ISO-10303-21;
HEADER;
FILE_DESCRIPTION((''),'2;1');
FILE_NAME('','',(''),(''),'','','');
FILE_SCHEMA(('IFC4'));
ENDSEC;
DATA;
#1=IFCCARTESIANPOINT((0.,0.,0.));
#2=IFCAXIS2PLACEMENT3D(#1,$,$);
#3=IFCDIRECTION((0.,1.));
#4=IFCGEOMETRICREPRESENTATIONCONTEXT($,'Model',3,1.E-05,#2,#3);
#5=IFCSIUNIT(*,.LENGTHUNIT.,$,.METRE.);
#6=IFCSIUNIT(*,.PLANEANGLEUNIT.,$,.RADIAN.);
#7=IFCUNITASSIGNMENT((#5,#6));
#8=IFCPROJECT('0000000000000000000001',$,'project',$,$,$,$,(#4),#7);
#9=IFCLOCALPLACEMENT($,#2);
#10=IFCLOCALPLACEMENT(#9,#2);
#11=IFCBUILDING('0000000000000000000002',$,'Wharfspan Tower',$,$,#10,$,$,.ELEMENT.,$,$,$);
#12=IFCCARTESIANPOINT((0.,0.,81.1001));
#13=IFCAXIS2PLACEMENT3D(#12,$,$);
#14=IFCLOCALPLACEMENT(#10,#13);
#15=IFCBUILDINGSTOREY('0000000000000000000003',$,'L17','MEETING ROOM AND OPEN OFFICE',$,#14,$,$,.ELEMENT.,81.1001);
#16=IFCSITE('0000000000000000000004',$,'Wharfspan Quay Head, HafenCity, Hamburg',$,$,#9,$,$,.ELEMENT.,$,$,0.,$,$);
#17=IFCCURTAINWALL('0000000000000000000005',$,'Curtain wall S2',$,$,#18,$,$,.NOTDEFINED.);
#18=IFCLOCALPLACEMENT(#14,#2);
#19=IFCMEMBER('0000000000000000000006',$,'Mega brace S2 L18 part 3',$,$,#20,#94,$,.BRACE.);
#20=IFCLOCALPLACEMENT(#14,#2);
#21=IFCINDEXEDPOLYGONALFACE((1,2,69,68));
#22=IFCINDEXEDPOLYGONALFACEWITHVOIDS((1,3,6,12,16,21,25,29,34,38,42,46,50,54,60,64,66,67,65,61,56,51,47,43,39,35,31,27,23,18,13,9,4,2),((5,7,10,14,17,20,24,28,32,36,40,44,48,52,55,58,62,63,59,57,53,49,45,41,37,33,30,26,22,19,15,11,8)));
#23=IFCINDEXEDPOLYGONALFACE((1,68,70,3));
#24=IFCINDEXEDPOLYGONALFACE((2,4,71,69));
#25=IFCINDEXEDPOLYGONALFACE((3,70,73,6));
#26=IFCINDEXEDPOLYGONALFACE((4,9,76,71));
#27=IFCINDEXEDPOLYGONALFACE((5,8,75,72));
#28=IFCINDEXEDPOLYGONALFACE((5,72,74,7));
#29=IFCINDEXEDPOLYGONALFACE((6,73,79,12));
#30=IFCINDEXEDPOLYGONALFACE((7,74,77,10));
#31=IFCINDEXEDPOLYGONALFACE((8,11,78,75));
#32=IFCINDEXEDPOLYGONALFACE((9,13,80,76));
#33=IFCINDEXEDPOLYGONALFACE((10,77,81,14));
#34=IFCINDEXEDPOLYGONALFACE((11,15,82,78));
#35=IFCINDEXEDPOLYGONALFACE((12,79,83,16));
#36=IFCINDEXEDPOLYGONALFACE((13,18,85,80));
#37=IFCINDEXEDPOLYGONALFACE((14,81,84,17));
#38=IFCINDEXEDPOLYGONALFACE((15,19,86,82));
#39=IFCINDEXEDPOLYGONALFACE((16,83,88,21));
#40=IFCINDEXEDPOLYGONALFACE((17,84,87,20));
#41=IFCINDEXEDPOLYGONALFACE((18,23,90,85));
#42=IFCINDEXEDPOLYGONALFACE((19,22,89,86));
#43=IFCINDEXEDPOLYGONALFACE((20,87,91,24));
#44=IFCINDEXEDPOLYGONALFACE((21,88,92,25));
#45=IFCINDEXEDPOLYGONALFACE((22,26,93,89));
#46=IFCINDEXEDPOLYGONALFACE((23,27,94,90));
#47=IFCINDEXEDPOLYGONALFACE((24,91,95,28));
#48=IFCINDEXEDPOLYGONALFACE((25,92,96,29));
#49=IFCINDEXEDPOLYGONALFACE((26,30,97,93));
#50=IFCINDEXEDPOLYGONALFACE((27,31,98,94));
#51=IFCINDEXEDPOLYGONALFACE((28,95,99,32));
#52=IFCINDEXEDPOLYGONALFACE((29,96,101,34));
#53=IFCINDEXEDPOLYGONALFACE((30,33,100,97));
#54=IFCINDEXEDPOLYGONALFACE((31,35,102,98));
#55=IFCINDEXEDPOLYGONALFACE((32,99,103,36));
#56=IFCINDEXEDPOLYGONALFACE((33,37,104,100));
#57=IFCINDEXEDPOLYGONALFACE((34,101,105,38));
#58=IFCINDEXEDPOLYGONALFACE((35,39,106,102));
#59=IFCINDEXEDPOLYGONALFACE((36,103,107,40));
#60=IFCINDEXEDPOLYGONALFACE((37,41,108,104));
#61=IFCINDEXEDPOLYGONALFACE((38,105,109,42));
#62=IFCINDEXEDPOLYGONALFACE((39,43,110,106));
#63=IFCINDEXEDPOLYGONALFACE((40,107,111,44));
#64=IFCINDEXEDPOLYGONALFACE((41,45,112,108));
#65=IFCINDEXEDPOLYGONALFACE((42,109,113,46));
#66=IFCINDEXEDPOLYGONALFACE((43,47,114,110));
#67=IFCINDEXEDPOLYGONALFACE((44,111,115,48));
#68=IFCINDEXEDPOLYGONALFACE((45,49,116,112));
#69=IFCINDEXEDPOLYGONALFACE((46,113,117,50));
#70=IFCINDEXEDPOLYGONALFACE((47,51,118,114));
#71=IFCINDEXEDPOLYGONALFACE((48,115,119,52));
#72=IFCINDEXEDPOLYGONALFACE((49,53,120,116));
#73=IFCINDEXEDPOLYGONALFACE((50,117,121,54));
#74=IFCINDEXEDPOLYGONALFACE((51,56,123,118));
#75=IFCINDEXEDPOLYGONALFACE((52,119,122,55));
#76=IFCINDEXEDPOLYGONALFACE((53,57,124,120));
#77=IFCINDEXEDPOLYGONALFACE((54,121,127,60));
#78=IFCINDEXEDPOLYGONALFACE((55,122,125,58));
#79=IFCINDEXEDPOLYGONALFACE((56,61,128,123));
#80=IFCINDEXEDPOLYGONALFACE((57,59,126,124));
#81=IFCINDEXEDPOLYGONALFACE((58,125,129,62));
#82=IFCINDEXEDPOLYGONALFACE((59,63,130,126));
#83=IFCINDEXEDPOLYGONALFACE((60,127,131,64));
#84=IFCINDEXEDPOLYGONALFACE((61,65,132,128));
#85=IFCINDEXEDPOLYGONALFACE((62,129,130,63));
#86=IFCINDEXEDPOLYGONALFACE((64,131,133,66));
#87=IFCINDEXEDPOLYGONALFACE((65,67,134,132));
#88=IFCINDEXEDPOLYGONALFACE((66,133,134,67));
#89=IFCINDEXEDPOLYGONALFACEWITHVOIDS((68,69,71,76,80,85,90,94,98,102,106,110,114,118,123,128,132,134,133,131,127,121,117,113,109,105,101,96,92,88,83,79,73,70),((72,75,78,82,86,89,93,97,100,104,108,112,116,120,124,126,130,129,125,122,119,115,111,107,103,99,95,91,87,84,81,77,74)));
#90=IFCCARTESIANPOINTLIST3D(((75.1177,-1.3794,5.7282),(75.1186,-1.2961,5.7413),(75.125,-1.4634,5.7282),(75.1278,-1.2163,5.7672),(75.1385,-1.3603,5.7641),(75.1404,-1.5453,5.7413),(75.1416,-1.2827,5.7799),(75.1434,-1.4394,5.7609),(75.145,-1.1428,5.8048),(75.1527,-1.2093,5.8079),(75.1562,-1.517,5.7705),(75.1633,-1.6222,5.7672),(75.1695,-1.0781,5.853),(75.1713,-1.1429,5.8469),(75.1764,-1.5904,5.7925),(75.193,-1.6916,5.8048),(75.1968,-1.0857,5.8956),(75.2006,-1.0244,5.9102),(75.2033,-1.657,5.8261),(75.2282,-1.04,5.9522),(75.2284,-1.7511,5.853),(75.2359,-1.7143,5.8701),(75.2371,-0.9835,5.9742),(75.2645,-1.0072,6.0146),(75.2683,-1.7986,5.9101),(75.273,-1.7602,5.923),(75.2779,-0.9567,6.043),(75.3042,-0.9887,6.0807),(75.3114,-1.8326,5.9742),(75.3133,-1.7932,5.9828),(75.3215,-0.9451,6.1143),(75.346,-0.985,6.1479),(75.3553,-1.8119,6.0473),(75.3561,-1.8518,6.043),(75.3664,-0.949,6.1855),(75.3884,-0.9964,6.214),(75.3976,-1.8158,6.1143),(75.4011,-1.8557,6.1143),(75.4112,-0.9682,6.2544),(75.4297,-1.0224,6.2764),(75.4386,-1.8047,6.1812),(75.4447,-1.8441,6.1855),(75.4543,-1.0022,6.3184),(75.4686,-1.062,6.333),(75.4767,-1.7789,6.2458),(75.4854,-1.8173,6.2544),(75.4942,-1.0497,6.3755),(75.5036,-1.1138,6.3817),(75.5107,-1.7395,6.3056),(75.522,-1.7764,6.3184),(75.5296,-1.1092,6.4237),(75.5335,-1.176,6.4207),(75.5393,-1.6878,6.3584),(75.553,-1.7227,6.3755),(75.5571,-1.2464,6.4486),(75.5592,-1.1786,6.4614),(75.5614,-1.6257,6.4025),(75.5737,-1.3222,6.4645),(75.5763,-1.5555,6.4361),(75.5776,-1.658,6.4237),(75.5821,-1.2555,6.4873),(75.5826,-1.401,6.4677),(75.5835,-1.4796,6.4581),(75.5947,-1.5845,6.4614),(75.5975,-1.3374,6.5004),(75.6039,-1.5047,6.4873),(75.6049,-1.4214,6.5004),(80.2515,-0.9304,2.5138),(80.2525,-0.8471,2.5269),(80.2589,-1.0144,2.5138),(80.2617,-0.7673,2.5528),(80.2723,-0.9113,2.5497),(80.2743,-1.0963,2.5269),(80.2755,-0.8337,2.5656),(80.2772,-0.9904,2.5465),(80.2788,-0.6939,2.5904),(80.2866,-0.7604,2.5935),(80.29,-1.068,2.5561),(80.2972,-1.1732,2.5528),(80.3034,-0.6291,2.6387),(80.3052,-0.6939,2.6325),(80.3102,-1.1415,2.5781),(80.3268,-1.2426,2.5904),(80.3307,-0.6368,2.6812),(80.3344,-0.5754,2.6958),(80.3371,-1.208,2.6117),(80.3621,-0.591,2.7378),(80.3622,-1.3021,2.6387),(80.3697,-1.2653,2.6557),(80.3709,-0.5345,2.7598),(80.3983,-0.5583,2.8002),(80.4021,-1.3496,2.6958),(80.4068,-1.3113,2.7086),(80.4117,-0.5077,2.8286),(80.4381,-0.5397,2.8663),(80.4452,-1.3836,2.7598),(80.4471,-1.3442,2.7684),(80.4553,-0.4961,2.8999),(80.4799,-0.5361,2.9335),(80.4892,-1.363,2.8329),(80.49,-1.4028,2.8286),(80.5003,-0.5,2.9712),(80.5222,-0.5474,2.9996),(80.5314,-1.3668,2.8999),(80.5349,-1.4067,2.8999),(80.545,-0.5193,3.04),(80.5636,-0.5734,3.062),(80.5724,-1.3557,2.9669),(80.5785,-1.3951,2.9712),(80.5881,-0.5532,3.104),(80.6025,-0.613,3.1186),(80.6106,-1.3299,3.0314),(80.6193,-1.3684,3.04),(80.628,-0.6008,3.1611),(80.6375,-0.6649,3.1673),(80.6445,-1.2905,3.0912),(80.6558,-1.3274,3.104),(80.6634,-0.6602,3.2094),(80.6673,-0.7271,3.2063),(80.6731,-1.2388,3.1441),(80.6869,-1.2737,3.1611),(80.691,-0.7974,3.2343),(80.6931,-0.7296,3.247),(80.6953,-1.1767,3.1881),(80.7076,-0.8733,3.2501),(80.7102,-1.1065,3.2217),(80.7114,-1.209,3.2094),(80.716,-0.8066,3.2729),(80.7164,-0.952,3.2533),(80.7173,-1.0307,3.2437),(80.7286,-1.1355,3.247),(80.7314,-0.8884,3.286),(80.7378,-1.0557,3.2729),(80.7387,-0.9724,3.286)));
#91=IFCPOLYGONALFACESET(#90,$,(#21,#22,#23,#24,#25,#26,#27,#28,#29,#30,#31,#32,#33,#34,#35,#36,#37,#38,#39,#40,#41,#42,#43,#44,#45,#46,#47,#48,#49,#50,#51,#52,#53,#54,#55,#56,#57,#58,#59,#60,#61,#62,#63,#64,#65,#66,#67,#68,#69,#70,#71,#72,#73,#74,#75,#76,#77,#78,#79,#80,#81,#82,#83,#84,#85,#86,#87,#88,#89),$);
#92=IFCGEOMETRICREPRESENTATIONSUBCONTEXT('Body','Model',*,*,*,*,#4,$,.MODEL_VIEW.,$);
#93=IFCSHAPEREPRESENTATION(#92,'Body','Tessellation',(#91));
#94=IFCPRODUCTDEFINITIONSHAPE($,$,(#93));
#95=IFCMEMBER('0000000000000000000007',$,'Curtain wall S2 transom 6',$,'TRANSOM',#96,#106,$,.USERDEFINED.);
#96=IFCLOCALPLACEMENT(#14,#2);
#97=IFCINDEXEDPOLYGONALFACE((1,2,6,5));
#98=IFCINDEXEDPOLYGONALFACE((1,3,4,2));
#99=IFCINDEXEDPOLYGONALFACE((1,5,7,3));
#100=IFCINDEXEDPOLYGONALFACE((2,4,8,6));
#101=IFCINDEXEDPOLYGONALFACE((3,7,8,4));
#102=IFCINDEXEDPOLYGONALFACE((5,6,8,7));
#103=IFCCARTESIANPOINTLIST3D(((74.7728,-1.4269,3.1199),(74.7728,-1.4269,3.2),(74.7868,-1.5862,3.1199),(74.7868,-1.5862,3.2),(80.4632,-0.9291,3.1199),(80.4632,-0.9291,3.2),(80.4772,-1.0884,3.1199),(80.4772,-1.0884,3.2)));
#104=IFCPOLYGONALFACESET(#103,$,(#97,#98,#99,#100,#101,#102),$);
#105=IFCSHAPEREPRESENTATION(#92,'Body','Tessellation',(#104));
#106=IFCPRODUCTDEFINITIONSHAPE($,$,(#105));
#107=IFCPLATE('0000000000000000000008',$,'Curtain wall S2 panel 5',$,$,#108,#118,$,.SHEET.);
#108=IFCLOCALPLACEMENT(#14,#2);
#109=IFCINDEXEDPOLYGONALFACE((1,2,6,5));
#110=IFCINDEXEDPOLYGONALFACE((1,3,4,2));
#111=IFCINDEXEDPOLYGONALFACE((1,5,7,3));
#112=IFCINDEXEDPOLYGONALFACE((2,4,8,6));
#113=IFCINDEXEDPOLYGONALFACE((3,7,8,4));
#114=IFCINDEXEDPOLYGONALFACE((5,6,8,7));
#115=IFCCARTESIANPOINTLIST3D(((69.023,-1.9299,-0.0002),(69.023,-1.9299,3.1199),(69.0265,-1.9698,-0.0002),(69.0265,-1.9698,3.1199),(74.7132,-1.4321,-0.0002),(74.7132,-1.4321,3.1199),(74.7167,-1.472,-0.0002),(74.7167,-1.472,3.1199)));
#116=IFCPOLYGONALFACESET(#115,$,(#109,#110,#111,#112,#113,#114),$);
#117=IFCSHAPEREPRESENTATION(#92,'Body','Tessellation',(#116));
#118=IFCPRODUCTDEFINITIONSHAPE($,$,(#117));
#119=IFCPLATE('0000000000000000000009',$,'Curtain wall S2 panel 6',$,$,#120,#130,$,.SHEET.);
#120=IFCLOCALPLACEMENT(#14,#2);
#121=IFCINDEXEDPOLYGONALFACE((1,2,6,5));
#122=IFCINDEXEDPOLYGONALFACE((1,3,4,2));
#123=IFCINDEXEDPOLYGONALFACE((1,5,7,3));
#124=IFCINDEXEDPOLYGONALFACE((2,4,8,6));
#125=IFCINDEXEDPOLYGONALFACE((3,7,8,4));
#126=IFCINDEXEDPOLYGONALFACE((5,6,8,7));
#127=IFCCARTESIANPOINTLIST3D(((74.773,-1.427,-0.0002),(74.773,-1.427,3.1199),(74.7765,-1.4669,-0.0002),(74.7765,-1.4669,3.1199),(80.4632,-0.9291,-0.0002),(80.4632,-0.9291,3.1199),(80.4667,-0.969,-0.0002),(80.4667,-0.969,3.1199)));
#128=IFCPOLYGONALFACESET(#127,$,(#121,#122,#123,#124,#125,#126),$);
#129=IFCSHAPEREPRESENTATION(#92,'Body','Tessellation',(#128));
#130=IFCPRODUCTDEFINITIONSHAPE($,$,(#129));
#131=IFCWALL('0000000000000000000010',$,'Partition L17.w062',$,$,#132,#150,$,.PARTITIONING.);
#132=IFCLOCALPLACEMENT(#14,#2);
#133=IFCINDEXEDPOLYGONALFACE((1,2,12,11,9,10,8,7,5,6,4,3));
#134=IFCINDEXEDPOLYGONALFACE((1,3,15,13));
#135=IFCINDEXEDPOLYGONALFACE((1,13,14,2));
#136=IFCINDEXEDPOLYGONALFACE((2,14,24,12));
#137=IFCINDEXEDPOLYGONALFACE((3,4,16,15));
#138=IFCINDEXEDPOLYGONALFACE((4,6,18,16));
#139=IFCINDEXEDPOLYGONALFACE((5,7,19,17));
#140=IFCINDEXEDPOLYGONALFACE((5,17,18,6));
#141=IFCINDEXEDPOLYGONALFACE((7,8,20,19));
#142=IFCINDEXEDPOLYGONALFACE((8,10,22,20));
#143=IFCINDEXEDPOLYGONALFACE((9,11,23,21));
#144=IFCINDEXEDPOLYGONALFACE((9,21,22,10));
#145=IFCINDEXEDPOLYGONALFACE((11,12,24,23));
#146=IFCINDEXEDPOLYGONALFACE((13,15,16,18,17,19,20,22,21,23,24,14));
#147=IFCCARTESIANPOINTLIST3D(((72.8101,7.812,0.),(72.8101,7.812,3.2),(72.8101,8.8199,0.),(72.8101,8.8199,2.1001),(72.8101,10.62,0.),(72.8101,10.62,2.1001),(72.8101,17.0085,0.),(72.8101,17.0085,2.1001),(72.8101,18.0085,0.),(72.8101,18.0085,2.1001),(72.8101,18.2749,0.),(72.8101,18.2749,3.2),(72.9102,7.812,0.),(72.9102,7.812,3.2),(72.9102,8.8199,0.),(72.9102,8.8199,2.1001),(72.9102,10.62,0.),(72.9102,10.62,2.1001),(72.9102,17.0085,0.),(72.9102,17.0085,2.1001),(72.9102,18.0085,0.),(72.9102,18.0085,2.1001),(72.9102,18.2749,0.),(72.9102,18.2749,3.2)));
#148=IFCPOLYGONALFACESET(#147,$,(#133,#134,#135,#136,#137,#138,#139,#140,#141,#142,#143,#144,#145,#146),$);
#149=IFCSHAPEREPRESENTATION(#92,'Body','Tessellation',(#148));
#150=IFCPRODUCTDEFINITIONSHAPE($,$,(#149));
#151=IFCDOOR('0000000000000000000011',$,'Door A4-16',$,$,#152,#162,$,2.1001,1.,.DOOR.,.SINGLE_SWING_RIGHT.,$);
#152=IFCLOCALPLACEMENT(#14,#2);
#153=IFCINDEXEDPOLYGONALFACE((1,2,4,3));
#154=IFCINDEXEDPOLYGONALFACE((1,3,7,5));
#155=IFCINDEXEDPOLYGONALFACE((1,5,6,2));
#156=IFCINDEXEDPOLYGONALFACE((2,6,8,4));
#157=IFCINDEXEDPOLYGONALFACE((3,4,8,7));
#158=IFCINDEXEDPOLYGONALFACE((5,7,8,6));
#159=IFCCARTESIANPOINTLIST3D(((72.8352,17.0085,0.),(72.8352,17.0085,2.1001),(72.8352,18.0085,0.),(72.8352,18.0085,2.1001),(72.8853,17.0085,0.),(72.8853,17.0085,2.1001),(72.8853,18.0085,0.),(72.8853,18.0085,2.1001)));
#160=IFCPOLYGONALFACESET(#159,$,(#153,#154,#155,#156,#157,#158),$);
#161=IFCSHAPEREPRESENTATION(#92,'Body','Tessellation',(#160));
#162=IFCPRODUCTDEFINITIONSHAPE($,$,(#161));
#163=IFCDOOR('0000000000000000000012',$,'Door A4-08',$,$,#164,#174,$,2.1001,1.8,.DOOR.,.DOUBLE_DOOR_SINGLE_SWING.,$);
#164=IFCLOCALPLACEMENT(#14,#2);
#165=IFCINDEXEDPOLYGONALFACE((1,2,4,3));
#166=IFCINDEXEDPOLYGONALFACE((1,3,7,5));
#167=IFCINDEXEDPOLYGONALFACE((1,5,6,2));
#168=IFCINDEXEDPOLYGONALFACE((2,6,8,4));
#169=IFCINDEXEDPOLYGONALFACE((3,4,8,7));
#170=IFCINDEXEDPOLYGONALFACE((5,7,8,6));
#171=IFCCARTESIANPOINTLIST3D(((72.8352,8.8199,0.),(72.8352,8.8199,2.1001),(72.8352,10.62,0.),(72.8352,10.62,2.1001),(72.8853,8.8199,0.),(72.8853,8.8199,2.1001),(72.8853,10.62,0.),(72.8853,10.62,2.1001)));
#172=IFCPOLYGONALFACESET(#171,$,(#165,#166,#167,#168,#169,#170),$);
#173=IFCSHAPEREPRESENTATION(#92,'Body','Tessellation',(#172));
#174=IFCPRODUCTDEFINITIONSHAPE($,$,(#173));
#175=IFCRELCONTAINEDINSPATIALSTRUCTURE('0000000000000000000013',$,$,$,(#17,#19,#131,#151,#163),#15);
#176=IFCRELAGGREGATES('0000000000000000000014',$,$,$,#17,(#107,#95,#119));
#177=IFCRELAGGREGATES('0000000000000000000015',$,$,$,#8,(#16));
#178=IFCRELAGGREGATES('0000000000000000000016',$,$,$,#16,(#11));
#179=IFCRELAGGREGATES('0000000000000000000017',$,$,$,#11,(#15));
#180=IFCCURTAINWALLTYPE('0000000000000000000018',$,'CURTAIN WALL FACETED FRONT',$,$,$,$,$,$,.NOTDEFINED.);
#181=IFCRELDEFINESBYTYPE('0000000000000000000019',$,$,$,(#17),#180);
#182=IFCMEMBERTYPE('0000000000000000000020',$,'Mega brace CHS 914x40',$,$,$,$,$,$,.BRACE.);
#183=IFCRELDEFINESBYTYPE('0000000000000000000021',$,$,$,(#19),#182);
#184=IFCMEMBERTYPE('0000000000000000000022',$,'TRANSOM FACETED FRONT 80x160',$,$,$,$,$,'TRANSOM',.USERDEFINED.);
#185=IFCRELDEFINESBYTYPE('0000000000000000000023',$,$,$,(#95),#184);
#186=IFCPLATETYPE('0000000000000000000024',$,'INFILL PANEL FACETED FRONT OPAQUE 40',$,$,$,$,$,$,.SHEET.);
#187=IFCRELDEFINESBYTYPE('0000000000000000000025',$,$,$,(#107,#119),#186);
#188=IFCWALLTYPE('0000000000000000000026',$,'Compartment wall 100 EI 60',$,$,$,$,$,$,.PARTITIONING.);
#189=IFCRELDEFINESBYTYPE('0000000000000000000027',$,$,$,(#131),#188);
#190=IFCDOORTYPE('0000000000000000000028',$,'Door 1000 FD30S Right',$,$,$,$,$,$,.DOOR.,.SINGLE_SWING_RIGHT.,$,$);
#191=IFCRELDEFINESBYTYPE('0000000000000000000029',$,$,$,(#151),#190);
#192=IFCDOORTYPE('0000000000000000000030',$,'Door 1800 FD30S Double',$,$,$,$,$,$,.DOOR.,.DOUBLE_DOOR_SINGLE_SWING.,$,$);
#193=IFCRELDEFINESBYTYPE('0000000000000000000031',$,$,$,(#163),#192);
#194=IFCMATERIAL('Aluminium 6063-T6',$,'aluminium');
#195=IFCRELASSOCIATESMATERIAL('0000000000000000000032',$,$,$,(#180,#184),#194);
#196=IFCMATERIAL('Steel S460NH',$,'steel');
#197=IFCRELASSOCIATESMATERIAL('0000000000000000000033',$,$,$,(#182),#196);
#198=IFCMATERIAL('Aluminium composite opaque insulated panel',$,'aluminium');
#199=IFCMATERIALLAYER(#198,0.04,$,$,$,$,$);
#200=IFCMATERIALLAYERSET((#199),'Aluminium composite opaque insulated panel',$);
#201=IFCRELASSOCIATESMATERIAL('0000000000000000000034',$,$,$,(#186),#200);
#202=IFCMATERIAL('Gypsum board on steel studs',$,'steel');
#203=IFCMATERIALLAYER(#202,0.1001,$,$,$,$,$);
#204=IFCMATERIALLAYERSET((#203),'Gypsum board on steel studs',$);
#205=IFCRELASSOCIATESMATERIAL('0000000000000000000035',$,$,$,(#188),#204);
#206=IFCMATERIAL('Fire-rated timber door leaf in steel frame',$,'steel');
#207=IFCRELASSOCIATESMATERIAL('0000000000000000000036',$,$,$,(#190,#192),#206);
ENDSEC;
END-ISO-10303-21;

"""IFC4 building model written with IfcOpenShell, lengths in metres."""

from ifc_helpers import new_model, si_unit, direction, frame, frame_2d, origin, origin_2d, place, context, subcontext, project, spatial, rectangle, hollow_circle, extrude, material, layer, layer_set, material_profile, profile_set, type_object, element, fill, aggregate, save


model = new_model("IFC4")

# Units and contexts
model_context = context("Model", 3, precision=1e-05, world=origin(), true_north=direction((0.0, 1.0)))
body_context = subcontext(model_context, "Body", "Model", "MODEL_VIEW")
ifc_project = project(units=[si_unit("LENGTHUNIT", "METRE"), si_unit("PLANEANGLEUNIT", "RADIAN")], contexts=[model_context])

# Site, building, storey
site_placement = place(None, origin())
site = spatial("IfcSite", under=ifc_project, at=site_placement, Name="Wharfspan Quay Head, HafenCity, Hamburg", CompositionType="ELEMENT", RefElevation=0.0)
building_placement = place(site_placement, origin())
building = spatial("IfcBuilding", under=site, at=building_placement, Name="Wharfspan Tower", CompositionType="ELEMENT")
storey_placement = place(building_placement, frame((0.0, 0.0, 81.1001)))
storey = spatial("IfcBuildingStorey", under=building, at=storey_placement, Name="L17", Description="MEETING ROOM AND OPEN OFFICE", CompositionType="ELEMENT", Elevation=81.1001)

# Curtain wall
ifc_material_1 = material(Name="Aluminium 6063-T6", Category="aluminium")
curtain_wall_type = type_object("IfcCurtainWallType", Name="CURTAIN WALL FACETED FRONT", PredefinedType="NOTDEFINED", material=ifc_material_1)
curtain_wall_placement = place(storey_placement, origin())
curtain_wall = element("IfcCurtainWall", 1, at=curtain_wall_placement, inside=storey, type_object=curtain_wall_type, Name="Curtain wall S2", PredefinedType="NOTDEFINED")

# Members
ifc_material_2 = material(Name="Steel S460NH", Category="steel")
ifc_material_profile_1 = material_profile(ifc_material_2, hollow_circle(Radius=0.457, WallThickness=0.04, at=origin_2d()))
ifc_profile_set_1 = profile_set([ifc_material_profile_1], Name="Steel S460NH")
member_type_1 = type_object("IfcMemberType", Name="Mega brace CHS 914x40", PredefinedType="BRACE", material=ifc_profile_set_1)
member_1_placement = place(storey_placement, frame((80.4951, -0.9514, 2.8999), z_axis=(-0.845253, -0.073921, 0.529228), x_axis=(0.08712, -0.996199, -0.000003)))
element("IfcMember", 2, at=member_1_placement, inside=storey, type_object=member_type_1, Name="Mega brace S2 L18 part 3", PredefinedType="BRACE", context=body_context, shape_type="SweptSolid", body=[
    extrude(hollow_circle(Radius=0.457, WallThickness=0.04, at=origin_2d()), origin(), (0.0, 0.0, 1.0), 6.0737),
])
ifc_material_profile_2 = material_profile(ifc_material_1, rectangle(XDim=0.1599, YDim=0.0801, at=origin_2d()))
ifc_profile_set_2 = profile_set([ifc_material_profile_2], Name="Aluminium 6063-T6")
member_type_2 = type_object("IfcMemberType", Name="TRANSOM FACETED FRONT 80x160", ElementType="TRANSOM", PredefinedType="USERDEFINED", material=ifc_profile_set_2)
member_2_placement = place(storey_placement, frame((74.7798, -1.5066, 3.1599), z_axis=(0.996195, 0.087148, 0.0), x_axis=(-0.087148, 0.996195, 0.0)))
member_2 = element("IfcMember", 3, at=member_2_placement, type_object=member_type_2, Name="Curtain wall S2 transom 6", ObjectType="TRANSOM", PredefinedType="USERDEFINED", context=body_context, shape_type="SweptSolid", body=[
    extrude(rectangle(XDim=0.1599, YDim=0.0801, at=origin_2d()), origin(), (0.0, 0.0, 1.0), 5.7122),
])

# Plates
ifc_material_3 = material(Name="Aluminium composite opaque insulated panel", Category="aluminium")
ifc_layer_1 = layer(ifc_material_3, 0.04)
ifc_layer_set_1 = layer_set([ifc_layer_1], Name="Aluminium composite opaque insulated panel")
plate_type = type_object("IfcPlateType", Name="INFILL PANEL FACETED FRONT OPAQUE 40", PredefinedType="SHEET", material=ifc_layer_set_1)
plate_1_placement = place(storey_placement, frame((71.8699, -1.7009, -0.0002), z_axis=(0.0, 0.0, 1.0), x_axis=(0.996197, 0.087156, 0.0)))
plate_1 = element("IfcPlate", 4, at=plate_1_placement, type_object=plate_type, Name="Curtain wall S2 panel 5", PredefinedType="SHEET", context=body_context, shape_type="SweptSolid", body=[
    extrude(rectangle(XDim=5.7119, YDim=0.04, at=origin_2d()), origin(), (0.0, 0.0, 1.0), 3.1201),
])
plate_2_placement = place(storey_placement, frame((77.6199, -1.198, -0.0002), z_axis=(0.0, 0.0, 1.0), x_axis=(0.996197, 0.087156, 0.0)))
plate_2 = element("IfcPlate", 5, at=plate_2_placement, type_object=plate_type, Name="Curtain wall S2 panel 6", PredefinedType="SHEET", context=body_context, shape_type="SweptSolid", body=[
    extrude(rectangle(XDim=5.7119, YDim=0.04, at=origin_2d()), origin(), (0.0, 0.0, 1.0), 3.1201),
])
aggregate(curtain_wall, [plate_1, member_2, plate_2])

# Wall, openings, doors
ifc_material_4 = material(Name="Gypsum board on steel studs", Category="steel")
ifc_layer_2 = layer(ifc_material_4, 0.1001)
ifc_layer_set_2 = layer_set([ifc_layer_2], Name="Gypsum board on steel studs")
wall_type_1 = type_object("IfcWallType", Name="Compartment wall 100 EI 60", PredefinedType="PARTITIONING", material=ifc_layer_set_2)
wall_1_placement = place(storey_placement, frame((72.8601, 7.812, 0.0), z_axis=(0.0, 0.0, 1.0), x_axis=(0.0, 1.0, 0.0)))
wall_1 = element("IfcWall", 6, at=wall_1_placement, inside=storey, type_object=wall_type_1, Name="Partition L17.w062", PredefinedType="PARTITIONING", context=body_context, shape_type="SweptSolid", body=[
    extrude(rectangle(XDim=10.4629, YDim=0.1001, at=frame_2d((5.2314, 0.0))), origin(), (0.0, 0.0, 1.0), 3.2),
])
opening_1_placement = place(wall_1_placement, frame((1.0081, 0.0, 0.0)))
opening_1 = element("IfcOpeningElement", 7, at=opening_1_placement, cuts=wall_1, PredefinedType="OPENING", context=body_context, shape_type="SweptSolid", body=[
    extrude(rectangle(XDim=1.8, YDim=2.1001, at=frame_2d((0.8999, 1.05))), frame((0.0, 0.0601, 0.0), z_axis=(0.0, -1.0, 0.0), x_axis=(1.0, 0.0, 0.0)), (0.0, 0.0, 1.0), 0.1201),
])
opening_2_placement = place(wall_1_placement, frame((9.1965, 0.0, 0.0)))
opening_2 = element("IfcOpeningElement", 8, at=opening_2_placement, cuts=wall_1, PredefinedType="OPENING", context=body_context, shape_type="SweptSolid", body=[
    extrude(rectangle(XDim=1.0, YDim=2.1001, at=frame_2d((0.5, 1.05))), frame((0.0, 0.0601, 0.0), z_axis=(0.0, -1.0, 0.0), x_axis=(1.0, 0.0, 0.0)), (0.0, 0.0, 1.0), 0.1201),
])
ifc_material_5 = material(Name="Fire-rated timber door leaf in steel frame", Category="steel")
door_type_1 = type_object("IfcDoorType", Name="Door 1000 FD30S Right", OperationType="SINGLE_SWING_RIGHT", PredefinedType="DOOR", material=ifc_material_5)
door_1_placement = place(opening_2_placement, origin())
door_1 = element("IfcDoor", 9, at=door_1_placement, inside=storey, type_object=door_type_1, Name="Door A4-16", OperationType="SINGLE_SWING_RIGHT", OverallHeight=2.1001, OverallWidth=1.0, PredefinedType="DOOR", context=body_context, shape_type="SweptSolid", body=[
    extrude(rectangle(XDim=1.0, YDim=2.1001, at=frame_2d((0.5, 1.05))), frame((0.0, 0.0249, 0.0), z_axis=(0.0, -1.0, 0.0), x_axis=(1.0, 0.0, 0.0)), (0.0, 0.0, 1.0), 0.05),
])
fill(opening_2, door_1)
door_type_2 = type_object("IfcDoorType", Name="Door 1800 FD30S Double", OperationType="DOUBLE_DOOR_SINGLE_SWING", PredefinedType="DOOR", material=ifc_material_5)
door_2_placement = place(opening_1_placement, origin())
door_2 = element("IfcDoor", 10, at=door_2_placement, inside=storey, type_object=door_type_2, Name="Door A4-08", OperationType="DOUBLE_DOOR_SINGLE_SWING", OverallHeight=2.1001, OverallWidth=1.8, PredefinedType="DOOR", context=body_context, shape_type="SweptSolid", body=[
    extrude(rectangle(XDim=1.8, YDim=2.1001, at=frame_2d((0.8999, 1.05))), frame((0.0, 0.0249, 0.0), z_axis=(0.0, -1.0, 0.0), x_axis=(1.0, 0.0, 0.0)), (0.0, 0.0, 1.0), 0.05),
])
fill(opening_1, door_2)

save(model, "model.ifc")
